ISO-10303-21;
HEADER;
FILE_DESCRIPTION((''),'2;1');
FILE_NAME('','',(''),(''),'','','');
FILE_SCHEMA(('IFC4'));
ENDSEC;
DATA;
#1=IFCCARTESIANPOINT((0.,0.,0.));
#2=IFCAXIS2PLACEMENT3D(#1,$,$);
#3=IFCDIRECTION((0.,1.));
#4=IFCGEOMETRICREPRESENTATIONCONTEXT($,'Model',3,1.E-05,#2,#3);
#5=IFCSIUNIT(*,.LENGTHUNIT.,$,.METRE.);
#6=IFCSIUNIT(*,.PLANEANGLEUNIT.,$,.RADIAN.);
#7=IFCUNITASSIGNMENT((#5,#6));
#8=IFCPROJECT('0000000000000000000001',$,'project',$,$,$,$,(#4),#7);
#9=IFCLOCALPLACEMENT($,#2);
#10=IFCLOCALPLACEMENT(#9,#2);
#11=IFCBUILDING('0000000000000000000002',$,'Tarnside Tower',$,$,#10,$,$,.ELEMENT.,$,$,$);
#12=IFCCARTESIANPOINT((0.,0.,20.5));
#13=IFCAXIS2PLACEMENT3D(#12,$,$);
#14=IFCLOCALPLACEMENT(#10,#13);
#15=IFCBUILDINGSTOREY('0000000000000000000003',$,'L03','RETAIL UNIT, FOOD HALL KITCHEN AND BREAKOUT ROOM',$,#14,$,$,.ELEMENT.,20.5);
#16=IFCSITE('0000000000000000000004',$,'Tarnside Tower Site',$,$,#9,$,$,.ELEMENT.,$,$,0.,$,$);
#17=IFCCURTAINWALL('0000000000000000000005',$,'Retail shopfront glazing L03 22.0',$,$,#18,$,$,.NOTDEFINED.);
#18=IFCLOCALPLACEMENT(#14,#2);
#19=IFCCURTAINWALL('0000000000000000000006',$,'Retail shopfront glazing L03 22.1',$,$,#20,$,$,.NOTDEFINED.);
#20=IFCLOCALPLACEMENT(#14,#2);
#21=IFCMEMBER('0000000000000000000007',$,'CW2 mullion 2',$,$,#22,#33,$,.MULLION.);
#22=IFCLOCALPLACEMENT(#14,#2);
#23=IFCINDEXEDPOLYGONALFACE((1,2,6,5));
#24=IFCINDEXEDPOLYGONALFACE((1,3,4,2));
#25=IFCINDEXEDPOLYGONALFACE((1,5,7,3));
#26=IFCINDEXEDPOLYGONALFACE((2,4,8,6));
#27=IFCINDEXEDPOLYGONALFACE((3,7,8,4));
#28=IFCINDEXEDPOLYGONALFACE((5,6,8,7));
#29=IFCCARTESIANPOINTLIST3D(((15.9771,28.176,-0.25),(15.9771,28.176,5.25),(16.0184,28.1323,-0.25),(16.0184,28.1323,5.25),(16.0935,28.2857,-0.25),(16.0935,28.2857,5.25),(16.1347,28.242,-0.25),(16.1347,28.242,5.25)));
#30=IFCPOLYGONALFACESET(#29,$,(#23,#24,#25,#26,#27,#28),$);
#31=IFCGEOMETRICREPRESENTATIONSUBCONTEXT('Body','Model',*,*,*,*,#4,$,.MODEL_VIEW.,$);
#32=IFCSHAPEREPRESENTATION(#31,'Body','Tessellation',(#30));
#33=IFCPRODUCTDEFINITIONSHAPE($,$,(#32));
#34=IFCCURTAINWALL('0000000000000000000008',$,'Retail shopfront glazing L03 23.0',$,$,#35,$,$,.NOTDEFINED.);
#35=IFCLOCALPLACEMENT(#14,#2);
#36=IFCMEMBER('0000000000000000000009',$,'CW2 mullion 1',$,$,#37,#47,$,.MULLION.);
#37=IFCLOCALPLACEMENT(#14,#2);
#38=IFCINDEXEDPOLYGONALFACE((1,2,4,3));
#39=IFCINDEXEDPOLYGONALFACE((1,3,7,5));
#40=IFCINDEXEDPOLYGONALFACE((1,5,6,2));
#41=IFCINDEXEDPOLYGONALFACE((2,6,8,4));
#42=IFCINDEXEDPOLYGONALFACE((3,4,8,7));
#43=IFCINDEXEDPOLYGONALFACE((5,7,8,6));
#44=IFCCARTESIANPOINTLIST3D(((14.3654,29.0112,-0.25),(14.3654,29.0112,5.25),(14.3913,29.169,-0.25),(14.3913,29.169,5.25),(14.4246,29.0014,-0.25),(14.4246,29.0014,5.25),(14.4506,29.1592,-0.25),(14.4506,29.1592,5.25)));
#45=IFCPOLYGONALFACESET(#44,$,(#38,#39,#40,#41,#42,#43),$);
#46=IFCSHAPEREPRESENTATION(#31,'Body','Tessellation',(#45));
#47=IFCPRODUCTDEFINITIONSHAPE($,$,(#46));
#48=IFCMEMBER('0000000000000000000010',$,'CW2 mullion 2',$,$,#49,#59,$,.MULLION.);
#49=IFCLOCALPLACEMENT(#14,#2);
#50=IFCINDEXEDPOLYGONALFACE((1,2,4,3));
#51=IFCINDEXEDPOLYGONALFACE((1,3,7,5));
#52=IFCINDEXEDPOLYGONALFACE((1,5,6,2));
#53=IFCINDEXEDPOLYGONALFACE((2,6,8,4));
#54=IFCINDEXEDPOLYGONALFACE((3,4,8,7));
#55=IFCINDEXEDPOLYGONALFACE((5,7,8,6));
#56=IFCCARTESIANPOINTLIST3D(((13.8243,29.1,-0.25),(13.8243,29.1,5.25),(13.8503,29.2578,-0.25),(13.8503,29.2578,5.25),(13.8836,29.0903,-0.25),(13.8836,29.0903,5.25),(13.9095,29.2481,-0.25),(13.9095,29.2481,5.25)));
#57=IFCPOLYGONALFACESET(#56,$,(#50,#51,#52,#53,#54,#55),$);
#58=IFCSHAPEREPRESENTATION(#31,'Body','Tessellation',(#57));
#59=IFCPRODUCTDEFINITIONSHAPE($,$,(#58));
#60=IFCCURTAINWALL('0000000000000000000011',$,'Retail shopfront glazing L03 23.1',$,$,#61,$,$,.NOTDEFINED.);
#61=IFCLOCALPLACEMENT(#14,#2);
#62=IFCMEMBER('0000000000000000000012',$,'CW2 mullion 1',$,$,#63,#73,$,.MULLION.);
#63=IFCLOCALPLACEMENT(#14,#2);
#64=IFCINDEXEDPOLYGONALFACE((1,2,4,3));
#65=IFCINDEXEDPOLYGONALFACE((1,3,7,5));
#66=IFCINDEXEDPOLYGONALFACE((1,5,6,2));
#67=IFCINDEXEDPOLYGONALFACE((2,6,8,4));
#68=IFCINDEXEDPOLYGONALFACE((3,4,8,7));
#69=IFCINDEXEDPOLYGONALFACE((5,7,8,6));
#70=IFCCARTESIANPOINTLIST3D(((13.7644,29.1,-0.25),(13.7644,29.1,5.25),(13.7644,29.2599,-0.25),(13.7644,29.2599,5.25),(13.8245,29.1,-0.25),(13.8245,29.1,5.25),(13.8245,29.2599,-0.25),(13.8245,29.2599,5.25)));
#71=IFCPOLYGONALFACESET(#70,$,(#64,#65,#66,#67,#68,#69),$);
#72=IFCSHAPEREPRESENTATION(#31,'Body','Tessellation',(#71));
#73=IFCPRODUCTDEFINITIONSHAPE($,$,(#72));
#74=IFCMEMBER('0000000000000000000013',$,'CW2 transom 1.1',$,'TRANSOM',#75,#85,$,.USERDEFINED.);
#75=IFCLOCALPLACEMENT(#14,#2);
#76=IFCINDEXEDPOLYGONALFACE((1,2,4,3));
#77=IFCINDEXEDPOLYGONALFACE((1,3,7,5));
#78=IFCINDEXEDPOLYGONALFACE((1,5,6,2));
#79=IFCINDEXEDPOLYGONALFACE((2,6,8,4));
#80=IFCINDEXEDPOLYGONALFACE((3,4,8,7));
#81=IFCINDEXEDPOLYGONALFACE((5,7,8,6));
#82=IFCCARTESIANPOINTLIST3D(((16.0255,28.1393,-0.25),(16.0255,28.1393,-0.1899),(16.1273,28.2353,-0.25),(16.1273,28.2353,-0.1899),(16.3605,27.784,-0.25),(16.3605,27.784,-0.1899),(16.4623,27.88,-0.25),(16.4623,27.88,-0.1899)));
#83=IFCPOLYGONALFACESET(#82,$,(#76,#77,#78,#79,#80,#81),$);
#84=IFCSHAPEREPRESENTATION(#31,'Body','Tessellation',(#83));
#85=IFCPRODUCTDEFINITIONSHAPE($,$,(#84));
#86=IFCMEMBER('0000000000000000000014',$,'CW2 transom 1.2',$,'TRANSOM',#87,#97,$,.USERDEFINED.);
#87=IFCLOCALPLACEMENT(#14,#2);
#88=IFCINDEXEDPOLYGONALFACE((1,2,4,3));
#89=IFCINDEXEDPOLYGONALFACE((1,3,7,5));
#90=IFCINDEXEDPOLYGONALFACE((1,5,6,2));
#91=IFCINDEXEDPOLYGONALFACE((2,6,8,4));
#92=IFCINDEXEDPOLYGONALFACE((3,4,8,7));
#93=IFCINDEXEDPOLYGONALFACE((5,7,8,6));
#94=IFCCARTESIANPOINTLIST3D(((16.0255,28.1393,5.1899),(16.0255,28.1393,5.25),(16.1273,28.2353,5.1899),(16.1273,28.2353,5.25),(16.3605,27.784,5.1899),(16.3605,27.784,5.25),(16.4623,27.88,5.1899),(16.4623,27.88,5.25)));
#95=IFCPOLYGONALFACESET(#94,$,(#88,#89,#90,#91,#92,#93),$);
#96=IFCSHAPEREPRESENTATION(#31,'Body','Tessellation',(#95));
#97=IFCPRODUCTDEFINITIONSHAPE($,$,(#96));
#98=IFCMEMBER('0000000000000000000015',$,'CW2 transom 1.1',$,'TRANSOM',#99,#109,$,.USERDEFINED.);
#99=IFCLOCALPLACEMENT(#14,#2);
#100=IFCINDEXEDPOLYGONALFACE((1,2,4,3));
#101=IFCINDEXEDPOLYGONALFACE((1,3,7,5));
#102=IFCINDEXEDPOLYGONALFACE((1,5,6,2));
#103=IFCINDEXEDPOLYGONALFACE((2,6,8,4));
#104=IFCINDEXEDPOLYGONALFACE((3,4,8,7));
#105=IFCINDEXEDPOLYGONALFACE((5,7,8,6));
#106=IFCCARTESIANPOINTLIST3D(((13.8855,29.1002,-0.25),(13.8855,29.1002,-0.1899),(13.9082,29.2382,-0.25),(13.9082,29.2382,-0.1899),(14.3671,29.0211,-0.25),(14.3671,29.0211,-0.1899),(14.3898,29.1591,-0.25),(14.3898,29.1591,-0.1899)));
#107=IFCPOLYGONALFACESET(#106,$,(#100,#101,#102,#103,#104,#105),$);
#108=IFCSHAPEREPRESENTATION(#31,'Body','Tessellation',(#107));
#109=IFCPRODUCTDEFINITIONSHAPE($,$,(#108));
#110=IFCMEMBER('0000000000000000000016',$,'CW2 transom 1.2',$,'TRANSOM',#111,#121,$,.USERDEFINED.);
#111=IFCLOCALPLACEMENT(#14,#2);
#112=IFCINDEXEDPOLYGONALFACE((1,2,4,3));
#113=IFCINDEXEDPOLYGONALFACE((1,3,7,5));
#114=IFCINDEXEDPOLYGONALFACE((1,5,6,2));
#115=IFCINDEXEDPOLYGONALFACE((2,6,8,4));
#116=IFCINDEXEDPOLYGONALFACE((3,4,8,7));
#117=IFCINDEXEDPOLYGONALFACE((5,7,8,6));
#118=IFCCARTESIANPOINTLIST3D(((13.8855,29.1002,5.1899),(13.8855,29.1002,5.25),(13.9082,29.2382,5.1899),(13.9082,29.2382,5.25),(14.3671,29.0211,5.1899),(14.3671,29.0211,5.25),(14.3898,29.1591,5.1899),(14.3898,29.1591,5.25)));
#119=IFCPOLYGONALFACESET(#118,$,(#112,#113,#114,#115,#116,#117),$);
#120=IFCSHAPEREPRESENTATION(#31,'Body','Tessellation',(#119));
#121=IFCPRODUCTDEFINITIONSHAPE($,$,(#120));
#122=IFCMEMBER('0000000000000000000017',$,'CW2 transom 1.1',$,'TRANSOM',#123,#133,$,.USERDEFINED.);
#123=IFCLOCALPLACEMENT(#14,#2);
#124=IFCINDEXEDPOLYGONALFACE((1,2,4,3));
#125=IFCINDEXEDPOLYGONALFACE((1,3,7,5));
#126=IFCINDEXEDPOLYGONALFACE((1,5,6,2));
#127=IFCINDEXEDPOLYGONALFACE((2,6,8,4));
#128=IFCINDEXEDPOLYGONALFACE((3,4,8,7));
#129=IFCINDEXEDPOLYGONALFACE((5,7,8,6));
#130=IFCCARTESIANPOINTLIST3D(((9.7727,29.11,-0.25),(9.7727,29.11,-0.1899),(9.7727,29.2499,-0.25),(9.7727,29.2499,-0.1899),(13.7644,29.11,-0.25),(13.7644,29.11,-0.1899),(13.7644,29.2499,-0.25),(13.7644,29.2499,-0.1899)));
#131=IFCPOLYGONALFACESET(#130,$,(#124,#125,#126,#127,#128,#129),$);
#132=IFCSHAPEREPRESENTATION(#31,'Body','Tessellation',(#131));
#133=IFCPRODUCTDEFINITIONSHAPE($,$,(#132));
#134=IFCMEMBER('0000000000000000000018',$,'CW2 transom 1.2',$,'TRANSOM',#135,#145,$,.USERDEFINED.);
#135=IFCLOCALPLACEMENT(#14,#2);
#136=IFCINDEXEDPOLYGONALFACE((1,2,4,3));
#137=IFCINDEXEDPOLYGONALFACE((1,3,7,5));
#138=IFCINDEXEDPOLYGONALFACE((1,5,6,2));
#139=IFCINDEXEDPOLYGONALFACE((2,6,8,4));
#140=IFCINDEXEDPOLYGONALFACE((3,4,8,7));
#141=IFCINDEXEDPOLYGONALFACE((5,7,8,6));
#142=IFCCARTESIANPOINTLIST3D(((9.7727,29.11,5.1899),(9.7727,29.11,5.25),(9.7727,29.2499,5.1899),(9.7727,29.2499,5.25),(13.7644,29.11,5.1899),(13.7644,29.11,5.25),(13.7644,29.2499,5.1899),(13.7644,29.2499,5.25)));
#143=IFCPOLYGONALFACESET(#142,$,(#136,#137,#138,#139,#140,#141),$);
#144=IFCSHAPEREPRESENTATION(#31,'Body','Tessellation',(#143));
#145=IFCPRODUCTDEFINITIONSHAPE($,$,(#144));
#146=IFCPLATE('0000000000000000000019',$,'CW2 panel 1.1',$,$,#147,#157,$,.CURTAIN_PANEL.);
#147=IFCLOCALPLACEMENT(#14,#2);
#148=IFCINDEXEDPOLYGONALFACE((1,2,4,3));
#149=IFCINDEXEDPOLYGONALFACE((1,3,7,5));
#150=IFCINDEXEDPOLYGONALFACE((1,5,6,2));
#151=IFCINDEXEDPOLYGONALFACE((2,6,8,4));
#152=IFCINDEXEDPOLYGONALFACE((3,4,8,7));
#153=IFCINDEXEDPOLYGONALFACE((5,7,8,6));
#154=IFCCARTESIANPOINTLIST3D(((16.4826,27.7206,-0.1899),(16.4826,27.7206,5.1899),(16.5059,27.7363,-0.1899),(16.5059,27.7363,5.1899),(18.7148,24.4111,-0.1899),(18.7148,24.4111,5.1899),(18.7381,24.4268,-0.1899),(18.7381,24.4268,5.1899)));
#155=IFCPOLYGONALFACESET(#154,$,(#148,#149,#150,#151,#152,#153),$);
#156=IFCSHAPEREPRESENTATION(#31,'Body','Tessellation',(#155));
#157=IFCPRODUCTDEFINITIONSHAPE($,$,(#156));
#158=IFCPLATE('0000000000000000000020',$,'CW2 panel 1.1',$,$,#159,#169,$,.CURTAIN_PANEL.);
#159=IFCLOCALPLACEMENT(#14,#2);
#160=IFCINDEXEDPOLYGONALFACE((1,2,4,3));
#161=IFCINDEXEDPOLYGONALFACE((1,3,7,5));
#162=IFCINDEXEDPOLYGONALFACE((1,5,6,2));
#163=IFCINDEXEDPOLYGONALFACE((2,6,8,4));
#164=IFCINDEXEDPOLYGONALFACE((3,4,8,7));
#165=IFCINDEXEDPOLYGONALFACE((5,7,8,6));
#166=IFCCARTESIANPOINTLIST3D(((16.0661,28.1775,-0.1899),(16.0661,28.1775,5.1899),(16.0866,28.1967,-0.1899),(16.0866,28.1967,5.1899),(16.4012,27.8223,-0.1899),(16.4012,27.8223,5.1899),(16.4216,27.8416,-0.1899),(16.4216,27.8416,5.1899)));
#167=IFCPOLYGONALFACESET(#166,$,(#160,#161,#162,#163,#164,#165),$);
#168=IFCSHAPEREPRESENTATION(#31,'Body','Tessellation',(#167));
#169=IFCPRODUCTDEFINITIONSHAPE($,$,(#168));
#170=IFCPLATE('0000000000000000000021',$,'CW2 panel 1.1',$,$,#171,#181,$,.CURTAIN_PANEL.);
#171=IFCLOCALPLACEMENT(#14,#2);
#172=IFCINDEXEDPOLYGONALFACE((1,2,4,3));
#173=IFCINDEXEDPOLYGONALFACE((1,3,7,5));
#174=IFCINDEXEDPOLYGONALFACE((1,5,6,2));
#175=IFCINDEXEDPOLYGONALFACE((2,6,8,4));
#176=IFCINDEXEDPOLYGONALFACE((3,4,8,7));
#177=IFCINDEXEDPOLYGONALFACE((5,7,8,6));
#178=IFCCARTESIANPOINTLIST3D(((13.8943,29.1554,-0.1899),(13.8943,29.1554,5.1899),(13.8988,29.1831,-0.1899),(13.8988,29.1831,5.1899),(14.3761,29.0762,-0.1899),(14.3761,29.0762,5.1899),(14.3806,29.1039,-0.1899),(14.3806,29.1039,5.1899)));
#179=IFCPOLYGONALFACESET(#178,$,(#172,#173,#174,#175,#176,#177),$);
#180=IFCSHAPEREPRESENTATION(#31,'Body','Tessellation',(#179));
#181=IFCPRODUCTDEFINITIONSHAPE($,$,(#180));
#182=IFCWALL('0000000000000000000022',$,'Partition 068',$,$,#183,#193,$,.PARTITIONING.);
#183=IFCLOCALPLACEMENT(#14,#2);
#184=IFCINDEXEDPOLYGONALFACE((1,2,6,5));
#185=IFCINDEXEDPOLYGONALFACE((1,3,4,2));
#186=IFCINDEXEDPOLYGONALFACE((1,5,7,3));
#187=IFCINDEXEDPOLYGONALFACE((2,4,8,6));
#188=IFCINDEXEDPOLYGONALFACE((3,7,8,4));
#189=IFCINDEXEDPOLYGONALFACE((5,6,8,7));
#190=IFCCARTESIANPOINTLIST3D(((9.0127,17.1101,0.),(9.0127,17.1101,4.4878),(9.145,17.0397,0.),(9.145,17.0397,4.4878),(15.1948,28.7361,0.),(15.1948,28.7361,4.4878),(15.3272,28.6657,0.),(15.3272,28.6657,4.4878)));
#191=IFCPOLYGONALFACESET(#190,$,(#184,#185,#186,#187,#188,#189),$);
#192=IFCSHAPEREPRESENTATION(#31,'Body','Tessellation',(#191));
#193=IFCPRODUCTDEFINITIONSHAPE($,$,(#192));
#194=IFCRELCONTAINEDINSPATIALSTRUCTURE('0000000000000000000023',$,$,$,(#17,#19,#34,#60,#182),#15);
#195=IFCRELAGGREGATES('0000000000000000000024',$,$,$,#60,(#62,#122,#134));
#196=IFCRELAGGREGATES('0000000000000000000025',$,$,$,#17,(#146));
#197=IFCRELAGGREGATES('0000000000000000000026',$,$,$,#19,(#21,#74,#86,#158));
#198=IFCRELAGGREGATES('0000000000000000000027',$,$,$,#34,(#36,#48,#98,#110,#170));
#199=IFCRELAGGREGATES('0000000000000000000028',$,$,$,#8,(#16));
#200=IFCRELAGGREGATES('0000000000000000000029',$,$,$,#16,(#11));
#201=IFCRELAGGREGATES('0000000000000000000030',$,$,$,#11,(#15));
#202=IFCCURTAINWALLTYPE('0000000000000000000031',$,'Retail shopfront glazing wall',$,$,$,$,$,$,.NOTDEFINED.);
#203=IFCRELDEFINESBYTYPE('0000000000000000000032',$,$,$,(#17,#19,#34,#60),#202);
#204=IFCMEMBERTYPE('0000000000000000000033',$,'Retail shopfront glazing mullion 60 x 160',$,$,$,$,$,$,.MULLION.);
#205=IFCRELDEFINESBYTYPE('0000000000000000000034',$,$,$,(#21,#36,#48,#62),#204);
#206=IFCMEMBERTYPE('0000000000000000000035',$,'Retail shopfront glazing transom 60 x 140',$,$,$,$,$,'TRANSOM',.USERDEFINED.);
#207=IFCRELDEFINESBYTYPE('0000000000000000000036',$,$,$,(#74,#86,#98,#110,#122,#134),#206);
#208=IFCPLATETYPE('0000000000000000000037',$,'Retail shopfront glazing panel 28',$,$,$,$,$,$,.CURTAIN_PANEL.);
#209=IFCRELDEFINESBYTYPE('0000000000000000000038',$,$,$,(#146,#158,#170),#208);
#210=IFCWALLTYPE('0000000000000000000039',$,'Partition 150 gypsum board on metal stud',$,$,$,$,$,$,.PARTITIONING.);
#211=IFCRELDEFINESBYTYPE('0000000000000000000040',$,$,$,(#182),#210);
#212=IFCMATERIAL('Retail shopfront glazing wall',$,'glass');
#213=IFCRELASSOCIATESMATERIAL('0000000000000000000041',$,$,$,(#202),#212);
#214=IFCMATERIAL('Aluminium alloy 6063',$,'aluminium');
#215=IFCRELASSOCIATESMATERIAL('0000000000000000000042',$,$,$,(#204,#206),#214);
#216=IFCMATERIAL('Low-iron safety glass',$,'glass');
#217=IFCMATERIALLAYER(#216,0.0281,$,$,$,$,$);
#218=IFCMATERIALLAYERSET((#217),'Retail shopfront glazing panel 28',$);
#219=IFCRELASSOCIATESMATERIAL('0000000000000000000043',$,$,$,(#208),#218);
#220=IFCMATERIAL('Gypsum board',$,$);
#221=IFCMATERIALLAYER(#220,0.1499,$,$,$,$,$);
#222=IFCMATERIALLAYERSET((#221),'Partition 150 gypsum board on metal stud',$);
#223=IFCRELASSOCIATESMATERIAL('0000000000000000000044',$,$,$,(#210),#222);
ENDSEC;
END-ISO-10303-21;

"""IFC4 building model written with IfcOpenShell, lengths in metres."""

from ifc_helpers import new_model, si_unit, direction, frame, frame_2d, origin, origin_2d, place, context, subcontext, project, spatial, rectangle, extrude, material, layer, layer_set, material_profile, profile_set, type_object, element, aggregate, save


model = new_model("IFC4")

# Units and contexts
model_context = context("Model", 3, precision=1e-05, world=origin(), true_north=direction((0.0, 1.0)))
body_context = subcontext(model_context, "Body", "Model", "MODEL_VIEW")
ifc_project = project(units=[si_unit("LENGTHUNIT", "METRE"), si_unit("PLANEANGLEUNIT", "RADIAN")], contexts=[model_context])

# Site, building, storey
site_placement = place(None, origin())
site = spatial("IfcSite", under=ifc_project, at=site_placement, Name="Tarnside Tower Site", CompositionType="ELEMENT", RefElevation=0.0)
building_placement = place(site_placement, origin())
building = spatial("IfcBuilding", under=site, at=building_placement, Name="Tarnside Tower", CompositionType="ELEMENT")
storey_placement = place(building_placement, frame((0.0, 0.0, 20.5)))
storey = spatial("IfcBuildingStorey", under=building, at=storey_placement, Name="L03", Description="RETAIL UNIT, FOOD HALL KITCHEN AND BREAKOUT ROOM", CompositionType="ELEMENT", Elevation=20.5)

# Curtain wall
ifc_material_1 = material(Name="Retail shopfront glazing wall", Category="glass")
curtain_wall_type = type_object("IfcCurtainWallType", Name="Retail shopfront glazing wall", PredefinedType="NOTDEFINED", material=ifc_material_1)
curtain_wall_1_placement = place(storey_placement, origin())
curtain_wall_1 = element("IfcCurtainWall", 1, at=curtain_wall_1_placement, inside=storey, type_object=curtain_wall_type, Name="Retail shopfront glazing L03 22.0", PredefinedType="NOTDEFINED")
ifc_material_2 = material(Name="Aluminium alloy 6063", Category="aluminium")
ifc_material_profile_1 = material_profile(ifc_material_2, rectangle(XDim=0.1599, YDim=0.0601, at=origin_2d()), Name="Retail shopfront glazing mullion 60 x 160")
ifc_profile_set_1 = profile_set([ifc_material_profile_1], Name="Aluminium alloy 6063")
member_type_1 = type_object("IfcMemberType", Name="Retail shopfront glazing mullion 60 x 160", PredefinedType="MULLION", material=ifc_profile_set_1)

# Curtain walls, members
curtain_wall_2_placement = place(storey_placement, origin())
curtain_wall_2 = element("IfcCurtainWall", 2, at=curtain_wall_2_placement, inside=storey, type_object=curtain_wall_type, Name="Retail shopfront glazing L03 22.1", PredefinedType="NOTDEFINED")
member_1_placement = place(storey_placement, frame((16.0559, 28.209, -0.25), z_axis=(0.0, 0.0, 1.0), x_axis=(-0.727374, -0.686242, 0.0)))
member_1 = element("IfcMember", 3, at=member_1_placement, type_object=member_type_1, Name="CW2 mullion 2", PredefinedType="MULLION", context=body_context, shape_type="SweptSolid", body=[
    extrude(rectangle(XDim=0.1599, YDim=0.0601, at=origin_2d()), origin(), (0.0, 0.0, 1.0), 5.5),
])
curtain_wall_3_placement = place(storey_placement, origin())
curtain_wall_3 = element("IfcCurtainWall", 4, at=curtain_wall_3_placement, inside=storey, type_object=curtain_wall_type, Name="Retail shopfront glazing L03 23.0", PredefinedType="NOTDEFINED")
member_2_placement = place(storey_placement, frame((14.408, 29.0852, -0.25), z_axis=(0.0, 0.0, 1.0), x_axis=(-0.162178, -0.986762, 0.0)))
member_2 = element("IfcMember", 5, at=member_2_placement, type_object=member_type_1, Name="CW2 mullion 1", PredefinedType="MULLION", context=body_context, shape_type="SweptSolid", body=[
    extrude(rectangle(XDim=0.1599, YDim=0.0601, at=origin_2d()), origin(), (0.0, 0.0, 1.0), 5.5),
])
member_3_placement = place(storey_placement, frame((13.8669, 29.1741, -0.25), z_axis=(0.0, 0.0, 1.0), x_axis=(-0.162178, -0.986762, 0.0)))
member_3 = element("IfcMember", 6, at=member_3_placement, type_object=member_type_1, Name="CW2 mullion 2", PredefinedType="MULLION", context=body_context, shape_type="SweptSolid", body=[
    extrude(rectangle(XDim=0.1599, YDim=0.0601, at=origin_2d()), origin(), (0.0, 0.0, 1.0), 5.5),
])

# Curtain wall, member
curtain_wall_4_placement = place(storey_placement, origin())
curtain_wall_4 = element("IfcCurtainWall", 7, at=curtain_wall_4_placement, inside=storey, type_object=curtain_wall_type, Name="Retail shopfront glazing L03 23.1", PredefinedType="NOTDEFINED")
member_4_placement = place(storey_placement, frame((13.7944, 29.1799, -0.25), z_axis=(0.0, 0.0, 1.0), x_axis=(0.0, -1.0, 0.0)))
member_4 = element("IfcMember", 8, at=member_4_placement, type_object=member_type_1, Name="CW2 mullion 1", PredefinedType="MULLION", context=body_context, shape_type="SweptSolid", body=[
    extrude(rectangle(XDim=0.1599, YDim=0.0601, at=origin_2d()), origin(), (0.0, 0.0, 1.0), 5.5),
])

# Members
ifc_material_profile_2 = material_profile(ifc_material_2, rectangle(XDim=0.1399, YDim=0.0601, at=origin_2d()), Name="Retail shopfront glazing transom 60 x 140")
ifc_profile_set_2 = profile_set([ifc_material_profile_2], Name="Aluminium alloy 6063")
member_type_2 = type_object("IfcMemberType", Name="Retail shopfront glazing transom 60 x 140", ElementType="TRANSOM", PredefinedType="USERDEFINED", material=ifc_profile_set_2)
member_5_placement = place(storey_placement, frame((16.4114, 27.832, -0.22), z_axis=(-0.686051, 0.727554, 0.0), x_axis=(-0.727554, -0.686051, 0.0)))
member_5 = element("IfcMember", 9, at=member_5_placement, type_object=member_type_2, Name="CW2 transom 1.1", ObjectType="TRANSOM", PredefinedType="USERDEFINED", context=body_context, shape_type="SweptSolid", body=[
    extrude(rectangle(XDim=0.1399, YDim=0.0601, at=origin_2d()), origin(), (0.0, 0.0, 1.0), 0.4883),
])
member_6_placement = place(storey_placement, frame((16.4114, 27.832, 5.22), z_axis=(-0.686051, 0.727554, 0.0), x_axis=(-0.727554, -0.686051, 0.0)))
member_6 = element("IfcMember", 10, at=member_6_placement, type_object=member_type_2, Name="CW2 transom 1.2", ObjectType="TRANSOM", PredefinedType="USERDEFINED", context=body_context, shape_type="SweptSolid", body=[
    extrude(rectangle(XDim=0.1399, YDim=0.0601, at=origin_2d()), origin(), (0.0, 0.0, 1.0), 0.4883),
])
member_7_placement = place(storey_placement, frame((14.3784, 29.0901, -0.22), z_axis=(-0.986783, 0.162046, 0.0), x_axis=(-0.162046, -0.986783, 0.0)))
member_7 = element("IfcMember", 11, at=member_7_placement, type_object=member_type_2, Name="CW2 transom 1.1", ObjectType="TRANSOM", PredefinedType="USERDEFINED", context=body_context, shape_type="SweptSolid", body=[
    extrude(rectangle(XDim=0.1399, YDim=0.0601, at=origin_2d()), origin(), (0.0, 0.0, 1.0), 0.488),
])
member_8_placement = place(storey_placement, frame((14.3784, 29.0901, 5.22), z_axis=(-0.986783, 0.162046, 0.0), x_axis=(-0.162046, -0.986783, 0.0)))
member_8 = element("IfcMember", 12, at=member_8_placement, type_object=member_type_2, Name="CW2 transom 1.2", ObjectType="TRANSOM", PredefinedType="USERDEFINED", context=body_context, shape_type="SweptSolid", body=[
    extrude(rectangle(XDim=0.1399, YDim=0.0601, at=origin_2d()), origin(), (0.0, 0.0, 1.0), 0.488),
])
member_9_placement = place(storey_placement, frame((13.7644, 29.1799, -0.22), z_axis=(-1.0, 0.0, 0.0), x_axis=(0.0, -1.0, 0.0)))
member_9 = element("IfcMember", 13, at=member_9_placement, type_object=member_type_2, Name="CW2 transom 1.1", ObjectType="TRANSOM", PredefinedType="USERDEFINED", context=body_context, shape_type="SweptSolid", body=[
    extrude(rectangle(XDim=0.1399, YDim=0.0601, at=origin_2d()), origin(), (0.0, 0.0, 1.0), 3.9917),
])
member_10_placement = place(storey_placement, frame((13.7644, 29.1799, 5.22), z_axis=(-1.0, 0.0, 0.0), x_axis=(0.0, -1.0, 0.0)))
member_10 = element("IfcMember", 14, at=member_10_placement, type_object=member_type_2, Name="CW2 transom 1.2", ObjectType="TRANSOM", PredefinedType="USERDEFINED", context=body_context, shape_type="SweptSolid", body=[
    extrude(rectangle(XDim=0.1399, YDim=0.0601, at=origin_2d()), origin(), (0.0, 0.0, 1.0), 3.9917),
])
aggregate(curtain_wall_4, [member_4, member_9, member_10])

# Plates
ifc_material_3 = material(Name="Low-iron safety glass", Category="glass")
ifc_layer_1 = layer(ifc_material_3, 0.0281)
ifc_layer_set_1 = layer_set([ifc_layer_1], Name="Retail shopfront glazing panel 28")
plate_type = type_object("IfcPlateType", Name="Retail shopfront glazing panel 28", PredefinedType="CURTAIN_PANEL", material=ifc_layer_set_1)
plate_1_placement = place(storey_placement, frame((17.6104, 26.0737, -0.1899), z_axis=(0.0, 0.0, 1.0), x_axis=(-0.559193, 0.829038, 0.0)))
plate_1 = element("IfcPlate", 15, at=plate_1_placement, type_object=plate_type, Name="CW2 panel 1.1", PredefinedType="CURTAIN_PANEL", context=body_context, shape_type="SweptSolid", body=[
    extrude(rectangle(XDim=3.9919, YDim=0.0281, at=origin_2d()), origin(), (0.0, 0.0, 1.0), 5.3799),
])
aggregate(curtain_wall_1, [plate_1])
plate_2_placement = place(storey_placement, frame((16.2439, 28.0095, -0.1899), z_axis=(0.0, 0.0, 1.0), x_axis=(-0.686242, 0.727374, 0.0)))
plate_2 = element("IfcPlate", 16, at=plate_2_placement, type_object=plate_type, Name="CW2 panel 1.1", PredefinedType="CURTAIN_PANEL", context=body_context, shape_type="SweptSolid", body=[
    extrude(rectangle(XDim=0.4883, YDim=0.0281, at=origin_2d()), origin(), (0.0, 0.0, 1.0), 5.3799),
])
aggregate(curtain_wall_2, [member_1, member_5, member_6, plate_2])
plate_3_placement = place(storey_placement, frame((14.1375, 29.1296, -0.1899), z_axis=(0.0, 0.0, 1.0), x_axis=(-0.986762, 0.162178, 0.0)))
plate_3 = element("IfcPlate", 17, at=plate_3_placement, type_object=plate_type, Name="CW2 panel 1.1", PredefinedType="CURTAIN_PANEL", context=body_context, shape_type="SweptSolid", body=[
    extrude(rectangle(XDim=0.4883, YDim=0.0281, at=origin_2d()), origin(), (0.0, 0.0, 1.0), 5.3799),
])
aggregate(curtain_wall_3, [member_2, member_3, member_7, member_8, plate_3])

# Wall
ifc_material_4 = material(Name="Gypsum board")
ifc_layer_2 = layer(ifc_material_4, 0.1499)
ifc_layer_set_2 = layer_set([ifc_layer_2], Name="Partition 150 gypsum board on metal stud")
wall_type = type_object("IfcWallType", Name="Partition 150 gypsum board on metal stud", PredefinedType="PARTITIONING", material=ifc_layer_set_2)
wall_placement = place(storey_placement, frame((15.261, 28.7009, 0.0), z_axis=(0.0, 0.0, 1.0), x_axis=(-0.4695, -0.882932, 0.0)))
element("IfcWall", 18, at=wall_placement, inside=storey, type_object=wall_type, Name="Partition 068", PredefinedType="PARTITIONING", context=body_context, shape_type="SweptSolid", body=[
    extrude(rectangle(XDim=13.1675, YDim=0.1499, at=frame_2d((6.5837, 0.0))), origin(), (0.0, 0.0, 1.0), 4.4878),
])

save(model, "model.ifc")
